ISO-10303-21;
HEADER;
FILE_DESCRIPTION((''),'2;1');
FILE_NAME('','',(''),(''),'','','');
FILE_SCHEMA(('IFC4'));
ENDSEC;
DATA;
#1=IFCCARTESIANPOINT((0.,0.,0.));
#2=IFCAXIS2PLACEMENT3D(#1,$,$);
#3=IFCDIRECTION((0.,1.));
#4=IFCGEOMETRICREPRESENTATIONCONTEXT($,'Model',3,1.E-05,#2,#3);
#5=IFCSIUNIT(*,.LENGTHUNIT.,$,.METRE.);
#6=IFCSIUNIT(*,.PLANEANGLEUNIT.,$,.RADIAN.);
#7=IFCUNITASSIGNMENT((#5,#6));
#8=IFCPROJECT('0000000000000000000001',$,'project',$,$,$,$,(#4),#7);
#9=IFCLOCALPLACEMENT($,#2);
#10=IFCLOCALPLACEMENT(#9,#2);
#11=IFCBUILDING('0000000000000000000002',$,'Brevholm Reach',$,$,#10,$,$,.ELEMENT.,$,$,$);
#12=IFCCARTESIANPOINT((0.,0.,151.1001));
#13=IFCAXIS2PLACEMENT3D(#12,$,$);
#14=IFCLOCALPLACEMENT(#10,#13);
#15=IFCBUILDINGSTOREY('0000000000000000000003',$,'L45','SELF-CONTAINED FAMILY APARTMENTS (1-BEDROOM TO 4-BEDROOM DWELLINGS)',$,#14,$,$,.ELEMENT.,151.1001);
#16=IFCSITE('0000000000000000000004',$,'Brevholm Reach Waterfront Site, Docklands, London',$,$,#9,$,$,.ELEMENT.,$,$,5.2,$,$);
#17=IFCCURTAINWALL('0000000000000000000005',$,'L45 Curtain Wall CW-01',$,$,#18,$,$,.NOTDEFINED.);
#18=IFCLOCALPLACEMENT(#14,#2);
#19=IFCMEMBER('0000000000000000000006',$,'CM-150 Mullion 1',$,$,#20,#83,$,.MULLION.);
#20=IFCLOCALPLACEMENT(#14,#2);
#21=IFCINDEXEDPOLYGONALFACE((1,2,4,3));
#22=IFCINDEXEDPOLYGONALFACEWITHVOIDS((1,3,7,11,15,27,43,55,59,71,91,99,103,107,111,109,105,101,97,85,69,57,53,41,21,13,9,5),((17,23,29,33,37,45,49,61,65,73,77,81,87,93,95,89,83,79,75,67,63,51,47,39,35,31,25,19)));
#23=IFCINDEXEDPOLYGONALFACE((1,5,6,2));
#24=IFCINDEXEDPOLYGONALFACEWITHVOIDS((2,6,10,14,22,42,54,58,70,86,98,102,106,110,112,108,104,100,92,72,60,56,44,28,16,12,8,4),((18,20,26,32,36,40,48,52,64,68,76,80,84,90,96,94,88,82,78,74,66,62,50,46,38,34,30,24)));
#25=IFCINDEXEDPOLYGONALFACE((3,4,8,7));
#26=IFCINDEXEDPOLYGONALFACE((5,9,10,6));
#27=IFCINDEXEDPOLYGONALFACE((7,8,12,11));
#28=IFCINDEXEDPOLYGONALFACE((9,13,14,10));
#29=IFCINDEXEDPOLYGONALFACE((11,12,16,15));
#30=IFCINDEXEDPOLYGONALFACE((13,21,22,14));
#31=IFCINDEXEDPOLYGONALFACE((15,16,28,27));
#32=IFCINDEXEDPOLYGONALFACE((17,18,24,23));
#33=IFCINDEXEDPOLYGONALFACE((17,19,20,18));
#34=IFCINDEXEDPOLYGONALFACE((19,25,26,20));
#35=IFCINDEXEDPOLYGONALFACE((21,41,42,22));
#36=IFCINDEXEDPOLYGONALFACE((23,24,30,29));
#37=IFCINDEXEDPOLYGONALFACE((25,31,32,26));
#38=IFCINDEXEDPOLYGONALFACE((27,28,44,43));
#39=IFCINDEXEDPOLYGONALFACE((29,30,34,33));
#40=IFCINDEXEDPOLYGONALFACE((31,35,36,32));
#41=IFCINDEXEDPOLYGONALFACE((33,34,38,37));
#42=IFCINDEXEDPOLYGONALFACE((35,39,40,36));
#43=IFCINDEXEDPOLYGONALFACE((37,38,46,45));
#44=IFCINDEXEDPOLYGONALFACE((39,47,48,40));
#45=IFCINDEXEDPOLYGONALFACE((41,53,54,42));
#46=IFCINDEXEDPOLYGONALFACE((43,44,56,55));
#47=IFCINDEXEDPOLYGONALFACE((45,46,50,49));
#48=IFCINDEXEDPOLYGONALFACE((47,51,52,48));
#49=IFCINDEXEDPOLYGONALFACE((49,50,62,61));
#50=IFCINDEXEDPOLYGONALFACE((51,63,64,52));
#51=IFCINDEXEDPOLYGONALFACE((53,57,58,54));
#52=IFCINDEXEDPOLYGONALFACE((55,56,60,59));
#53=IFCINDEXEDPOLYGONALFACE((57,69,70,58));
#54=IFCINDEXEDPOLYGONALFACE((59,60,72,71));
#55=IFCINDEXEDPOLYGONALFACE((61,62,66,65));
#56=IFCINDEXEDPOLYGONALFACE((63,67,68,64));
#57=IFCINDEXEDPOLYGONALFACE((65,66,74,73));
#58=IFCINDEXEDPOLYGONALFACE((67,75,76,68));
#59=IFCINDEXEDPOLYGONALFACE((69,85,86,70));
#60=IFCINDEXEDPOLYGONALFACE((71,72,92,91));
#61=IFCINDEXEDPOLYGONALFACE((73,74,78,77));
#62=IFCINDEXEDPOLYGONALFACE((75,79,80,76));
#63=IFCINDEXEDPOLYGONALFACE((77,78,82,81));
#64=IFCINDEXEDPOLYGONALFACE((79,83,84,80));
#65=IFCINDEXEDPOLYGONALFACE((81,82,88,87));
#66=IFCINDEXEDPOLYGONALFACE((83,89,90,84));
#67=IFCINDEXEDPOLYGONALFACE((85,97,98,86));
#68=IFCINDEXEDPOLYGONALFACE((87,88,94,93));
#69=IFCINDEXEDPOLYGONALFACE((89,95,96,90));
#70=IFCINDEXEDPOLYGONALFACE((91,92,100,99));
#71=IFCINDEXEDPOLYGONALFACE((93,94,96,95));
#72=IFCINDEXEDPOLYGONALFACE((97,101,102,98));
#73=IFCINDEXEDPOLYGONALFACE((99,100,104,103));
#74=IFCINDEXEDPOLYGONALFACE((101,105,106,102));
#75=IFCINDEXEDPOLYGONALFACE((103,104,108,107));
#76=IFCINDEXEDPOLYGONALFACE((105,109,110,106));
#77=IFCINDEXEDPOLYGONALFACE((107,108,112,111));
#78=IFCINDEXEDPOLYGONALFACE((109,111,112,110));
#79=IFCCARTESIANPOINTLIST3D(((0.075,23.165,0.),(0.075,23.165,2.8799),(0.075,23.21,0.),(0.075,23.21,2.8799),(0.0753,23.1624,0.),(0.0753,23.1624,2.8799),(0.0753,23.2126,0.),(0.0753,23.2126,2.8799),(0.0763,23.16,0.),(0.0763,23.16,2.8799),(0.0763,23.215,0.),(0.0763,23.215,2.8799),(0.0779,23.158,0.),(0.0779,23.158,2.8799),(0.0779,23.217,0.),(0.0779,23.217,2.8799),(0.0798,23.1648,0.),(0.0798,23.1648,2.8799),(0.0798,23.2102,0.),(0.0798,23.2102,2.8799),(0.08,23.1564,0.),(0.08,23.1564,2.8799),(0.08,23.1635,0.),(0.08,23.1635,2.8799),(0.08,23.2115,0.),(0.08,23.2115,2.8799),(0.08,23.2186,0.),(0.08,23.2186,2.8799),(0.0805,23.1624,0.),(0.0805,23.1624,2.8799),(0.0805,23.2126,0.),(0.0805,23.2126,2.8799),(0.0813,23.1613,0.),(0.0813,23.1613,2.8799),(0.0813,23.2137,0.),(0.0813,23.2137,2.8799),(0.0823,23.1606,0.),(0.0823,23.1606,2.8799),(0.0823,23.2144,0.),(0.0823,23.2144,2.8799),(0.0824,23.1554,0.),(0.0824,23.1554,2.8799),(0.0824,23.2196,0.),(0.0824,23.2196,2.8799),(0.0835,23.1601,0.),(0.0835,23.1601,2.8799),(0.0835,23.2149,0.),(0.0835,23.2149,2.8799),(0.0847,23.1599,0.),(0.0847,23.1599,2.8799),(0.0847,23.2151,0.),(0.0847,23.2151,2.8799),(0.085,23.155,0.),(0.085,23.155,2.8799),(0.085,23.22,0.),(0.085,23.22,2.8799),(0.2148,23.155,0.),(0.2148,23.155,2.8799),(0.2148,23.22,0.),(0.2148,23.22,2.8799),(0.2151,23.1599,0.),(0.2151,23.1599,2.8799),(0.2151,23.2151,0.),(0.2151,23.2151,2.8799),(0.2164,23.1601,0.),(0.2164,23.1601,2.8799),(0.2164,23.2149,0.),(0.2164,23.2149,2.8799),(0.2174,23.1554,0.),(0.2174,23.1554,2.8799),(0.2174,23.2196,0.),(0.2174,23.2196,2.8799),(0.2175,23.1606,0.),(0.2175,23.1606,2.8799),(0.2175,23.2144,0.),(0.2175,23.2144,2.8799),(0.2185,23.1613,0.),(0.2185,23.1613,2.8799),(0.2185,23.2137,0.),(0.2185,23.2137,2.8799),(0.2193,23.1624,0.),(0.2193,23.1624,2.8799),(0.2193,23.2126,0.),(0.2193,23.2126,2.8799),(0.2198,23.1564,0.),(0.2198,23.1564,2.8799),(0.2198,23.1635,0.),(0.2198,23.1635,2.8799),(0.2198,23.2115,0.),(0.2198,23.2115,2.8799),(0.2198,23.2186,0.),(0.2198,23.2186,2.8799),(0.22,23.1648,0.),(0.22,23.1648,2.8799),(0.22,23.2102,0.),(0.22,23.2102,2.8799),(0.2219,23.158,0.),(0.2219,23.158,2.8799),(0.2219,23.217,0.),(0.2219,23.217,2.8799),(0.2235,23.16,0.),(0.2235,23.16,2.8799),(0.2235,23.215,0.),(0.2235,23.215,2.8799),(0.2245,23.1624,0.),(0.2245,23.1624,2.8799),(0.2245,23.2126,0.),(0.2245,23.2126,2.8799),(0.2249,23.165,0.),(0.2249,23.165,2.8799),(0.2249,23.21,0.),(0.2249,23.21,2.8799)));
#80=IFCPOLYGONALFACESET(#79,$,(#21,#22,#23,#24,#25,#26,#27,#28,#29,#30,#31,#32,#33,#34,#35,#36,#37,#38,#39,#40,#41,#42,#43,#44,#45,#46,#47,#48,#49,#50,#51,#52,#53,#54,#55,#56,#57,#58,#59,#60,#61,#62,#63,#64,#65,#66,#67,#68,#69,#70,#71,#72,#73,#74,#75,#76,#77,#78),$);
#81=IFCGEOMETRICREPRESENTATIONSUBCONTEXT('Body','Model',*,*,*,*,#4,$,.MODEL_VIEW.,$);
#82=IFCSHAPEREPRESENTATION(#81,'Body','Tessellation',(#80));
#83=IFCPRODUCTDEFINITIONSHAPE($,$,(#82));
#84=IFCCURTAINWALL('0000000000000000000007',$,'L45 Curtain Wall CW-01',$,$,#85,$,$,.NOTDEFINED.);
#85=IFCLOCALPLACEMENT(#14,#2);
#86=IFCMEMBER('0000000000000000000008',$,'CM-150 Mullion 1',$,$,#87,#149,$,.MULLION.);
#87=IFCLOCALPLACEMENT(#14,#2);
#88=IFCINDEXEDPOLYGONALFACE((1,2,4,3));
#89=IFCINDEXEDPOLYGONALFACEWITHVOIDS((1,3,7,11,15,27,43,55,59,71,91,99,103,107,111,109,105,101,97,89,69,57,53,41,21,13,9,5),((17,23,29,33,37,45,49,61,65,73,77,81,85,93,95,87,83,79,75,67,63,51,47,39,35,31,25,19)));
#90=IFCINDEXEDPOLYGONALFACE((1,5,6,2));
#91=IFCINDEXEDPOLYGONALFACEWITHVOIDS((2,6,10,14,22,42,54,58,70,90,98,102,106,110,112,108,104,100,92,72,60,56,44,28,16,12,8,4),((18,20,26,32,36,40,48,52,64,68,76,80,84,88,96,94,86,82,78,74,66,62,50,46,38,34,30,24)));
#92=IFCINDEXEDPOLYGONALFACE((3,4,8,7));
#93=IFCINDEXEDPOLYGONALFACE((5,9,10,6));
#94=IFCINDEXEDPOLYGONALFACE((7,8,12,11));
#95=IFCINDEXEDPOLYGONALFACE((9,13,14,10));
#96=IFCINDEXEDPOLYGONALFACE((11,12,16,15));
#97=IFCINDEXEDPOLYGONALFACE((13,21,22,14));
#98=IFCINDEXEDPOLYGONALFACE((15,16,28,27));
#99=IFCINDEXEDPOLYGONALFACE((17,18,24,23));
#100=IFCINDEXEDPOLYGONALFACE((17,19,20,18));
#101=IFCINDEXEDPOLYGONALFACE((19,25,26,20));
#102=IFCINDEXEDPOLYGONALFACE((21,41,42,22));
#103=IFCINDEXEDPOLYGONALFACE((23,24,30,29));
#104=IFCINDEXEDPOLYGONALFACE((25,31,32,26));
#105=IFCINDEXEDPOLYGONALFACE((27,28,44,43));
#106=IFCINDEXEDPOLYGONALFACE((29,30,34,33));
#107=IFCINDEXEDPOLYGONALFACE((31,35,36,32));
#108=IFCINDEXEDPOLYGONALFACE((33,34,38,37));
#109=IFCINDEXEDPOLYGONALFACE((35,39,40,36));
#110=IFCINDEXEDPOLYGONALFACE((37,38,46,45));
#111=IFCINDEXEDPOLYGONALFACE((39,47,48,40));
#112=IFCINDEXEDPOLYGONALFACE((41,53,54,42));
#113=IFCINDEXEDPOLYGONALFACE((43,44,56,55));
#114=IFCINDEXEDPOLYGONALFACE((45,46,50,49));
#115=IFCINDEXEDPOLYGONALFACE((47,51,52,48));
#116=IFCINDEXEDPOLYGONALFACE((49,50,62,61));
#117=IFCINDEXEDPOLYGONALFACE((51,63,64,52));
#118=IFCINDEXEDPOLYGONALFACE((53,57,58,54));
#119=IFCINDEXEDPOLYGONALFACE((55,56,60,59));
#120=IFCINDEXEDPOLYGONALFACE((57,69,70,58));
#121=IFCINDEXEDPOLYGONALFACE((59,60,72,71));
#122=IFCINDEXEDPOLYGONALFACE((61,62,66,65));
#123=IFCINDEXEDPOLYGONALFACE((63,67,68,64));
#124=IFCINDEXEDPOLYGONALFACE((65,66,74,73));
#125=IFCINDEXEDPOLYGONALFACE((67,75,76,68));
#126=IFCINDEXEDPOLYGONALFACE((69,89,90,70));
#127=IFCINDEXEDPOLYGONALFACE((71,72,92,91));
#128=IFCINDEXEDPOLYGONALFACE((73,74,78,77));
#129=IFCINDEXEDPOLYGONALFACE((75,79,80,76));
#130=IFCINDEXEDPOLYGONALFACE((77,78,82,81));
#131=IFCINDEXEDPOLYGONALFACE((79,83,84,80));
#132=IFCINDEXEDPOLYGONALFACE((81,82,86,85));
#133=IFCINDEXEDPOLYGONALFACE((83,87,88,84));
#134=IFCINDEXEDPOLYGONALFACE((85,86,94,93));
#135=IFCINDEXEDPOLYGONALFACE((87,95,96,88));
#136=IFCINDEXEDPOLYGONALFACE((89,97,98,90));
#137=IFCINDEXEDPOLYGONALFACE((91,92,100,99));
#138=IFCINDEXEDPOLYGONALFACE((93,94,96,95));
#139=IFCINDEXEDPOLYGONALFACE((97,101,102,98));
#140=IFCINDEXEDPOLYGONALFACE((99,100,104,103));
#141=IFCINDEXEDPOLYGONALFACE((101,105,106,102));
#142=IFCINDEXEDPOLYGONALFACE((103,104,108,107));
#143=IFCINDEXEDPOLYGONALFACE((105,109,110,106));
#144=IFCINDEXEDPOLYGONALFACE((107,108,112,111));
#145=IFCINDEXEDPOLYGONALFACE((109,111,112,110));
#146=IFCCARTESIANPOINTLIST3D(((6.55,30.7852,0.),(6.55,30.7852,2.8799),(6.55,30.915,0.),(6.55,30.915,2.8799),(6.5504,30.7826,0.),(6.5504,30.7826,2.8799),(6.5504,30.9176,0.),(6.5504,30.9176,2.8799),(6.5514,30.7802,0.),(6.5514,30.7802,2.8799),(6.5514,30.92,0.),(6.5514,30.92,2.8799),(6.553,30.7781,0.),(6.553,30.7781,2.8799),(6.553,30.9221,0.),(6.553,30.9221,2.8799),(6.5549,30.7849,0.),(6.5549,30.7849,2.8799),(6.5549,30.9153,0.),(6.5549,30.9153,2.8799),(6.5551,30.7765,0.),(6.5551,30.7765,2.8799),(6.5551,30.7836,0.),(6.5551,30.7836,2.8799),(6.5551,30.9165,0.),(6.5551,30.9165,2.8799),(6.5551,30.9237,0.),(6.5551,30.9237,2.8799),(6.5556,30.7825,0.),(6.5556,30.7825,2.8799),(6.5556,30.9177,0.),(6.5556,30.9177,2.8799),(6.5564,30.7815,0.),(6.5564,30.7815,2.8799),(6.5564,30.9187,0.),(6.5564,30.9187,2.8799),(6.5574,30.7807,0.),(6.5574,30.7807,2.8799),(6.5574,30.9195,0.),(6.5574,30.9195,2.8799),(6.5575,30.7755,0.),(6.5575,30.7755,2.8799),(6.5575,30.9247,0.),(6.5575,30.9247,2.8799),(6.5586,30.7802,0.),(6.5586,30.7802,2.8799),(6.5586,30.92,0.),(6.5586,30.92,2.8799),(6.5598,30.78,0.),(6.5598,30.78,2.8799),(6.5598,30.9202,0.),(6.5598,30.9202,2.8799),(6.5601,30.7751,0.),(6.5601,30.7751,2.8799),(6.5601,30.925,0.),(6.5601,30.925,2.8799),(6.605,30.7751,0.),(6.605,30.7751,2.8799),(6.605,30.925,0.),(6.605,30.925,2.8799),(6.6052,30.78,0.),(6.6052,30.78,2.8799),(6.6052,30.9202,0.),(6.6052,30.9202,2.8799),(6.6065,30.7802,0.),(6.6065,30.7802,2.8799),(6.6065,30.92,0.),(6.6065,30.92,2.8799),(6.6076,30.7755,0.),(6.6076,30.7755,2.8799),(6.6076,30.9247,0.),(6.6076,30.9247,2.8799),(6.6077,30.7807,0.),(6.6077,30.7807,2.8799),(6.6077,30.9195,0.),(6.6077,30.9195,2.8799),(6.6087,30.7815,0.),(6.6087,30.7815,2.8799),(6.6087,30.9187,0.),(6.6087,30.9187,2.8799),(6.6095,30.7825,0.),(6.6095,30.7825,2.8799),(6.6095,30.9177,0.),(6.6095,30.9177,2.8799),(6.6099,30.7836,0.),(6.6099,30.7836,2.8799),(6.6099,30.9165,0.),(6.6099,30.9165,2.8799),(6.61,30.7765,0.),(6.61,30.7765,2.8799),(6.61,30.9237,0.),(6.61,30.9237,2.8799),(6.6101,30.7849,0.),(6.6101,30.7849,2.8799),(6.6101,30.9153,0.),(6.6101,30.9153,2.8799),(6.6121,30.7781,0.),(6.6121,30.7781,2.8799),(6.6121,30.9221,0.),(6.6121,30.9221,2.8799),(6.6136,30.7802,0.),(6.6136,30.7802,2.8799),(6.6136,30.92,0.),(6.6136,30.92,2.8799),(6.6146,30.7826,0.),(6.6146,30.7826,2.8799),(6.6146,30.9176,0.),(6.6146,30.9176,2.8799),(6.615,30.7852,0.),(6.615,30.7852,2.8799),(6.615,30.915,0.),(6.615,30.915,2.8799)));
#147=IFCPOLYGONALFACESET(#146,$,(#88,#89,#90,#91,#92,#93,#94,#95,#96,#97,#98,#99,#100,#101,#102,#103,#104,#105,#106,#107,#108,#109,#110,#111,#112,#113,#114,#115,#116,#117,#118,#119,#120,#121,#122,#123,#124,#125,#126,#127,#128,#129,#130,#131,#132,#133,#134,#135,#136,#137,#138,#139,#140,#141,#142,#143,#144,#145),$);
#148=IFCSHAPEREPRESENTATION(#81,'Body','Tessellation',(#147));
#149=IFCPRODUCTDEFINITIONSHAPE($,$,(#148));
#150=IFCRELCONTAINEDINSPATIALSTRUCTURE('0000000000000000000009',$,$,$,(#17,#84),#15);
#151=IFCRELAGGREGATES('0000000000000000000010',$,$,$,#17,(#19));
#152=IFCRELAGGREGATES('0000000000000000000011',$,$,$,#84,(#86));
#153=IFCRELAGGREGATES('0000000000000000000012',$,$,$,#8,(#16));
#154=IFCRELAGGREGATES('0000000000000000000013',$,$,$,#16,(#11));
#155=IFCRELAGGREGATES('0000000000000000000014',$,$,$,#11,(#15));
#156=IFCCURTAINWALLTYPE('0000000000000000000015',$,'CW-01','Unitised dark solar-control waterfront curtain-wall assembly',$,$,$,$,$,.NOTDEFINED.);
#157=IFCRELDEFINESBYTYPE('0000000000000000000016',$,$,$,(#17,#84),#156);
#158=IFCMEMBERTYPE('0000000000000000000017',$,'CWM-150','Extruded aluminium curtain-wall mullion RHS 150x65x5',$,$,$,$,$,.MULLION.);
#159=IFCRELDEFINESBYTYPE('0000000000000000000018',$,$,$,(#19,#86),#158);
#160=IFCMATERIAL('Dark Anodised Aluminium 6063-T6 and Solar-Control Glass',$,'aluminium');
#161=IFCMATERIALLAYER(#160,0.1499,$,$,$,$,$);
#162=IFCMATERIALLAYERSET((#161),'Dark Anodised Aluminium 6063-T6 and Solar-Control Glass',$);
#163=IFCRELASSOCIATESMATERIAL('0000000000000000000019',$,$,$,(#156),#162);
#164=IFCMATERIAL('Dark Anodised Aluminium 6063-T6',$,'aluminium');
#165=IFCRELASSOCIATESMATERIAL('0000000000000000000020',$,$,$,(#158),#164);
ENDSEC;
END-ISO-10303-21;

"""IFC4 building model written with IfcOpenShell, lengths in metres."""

from ifc_helpers import new_model, si_unit, direction, frame, origin, origin_2d, place, context, subcontext, project, spatial, hollow_rectangle, extrude, material, layer, layer_set, material_profile, profile_set, type_object, element, aggregate, save


model = new_model("IFC4")

# Units and contexts
model_context = context("Model", 3, precision=1e-05, world=origin(), true_north=direction((0.0, 1.0)))
body_context = subcontext(model_context, "Body", "Model", "MODEL_VIEW")
ifc_project = project(units=[si_unit("LENGTHUNIT", "METRE"), si_unit("PLANEANGLEUNIT", "RADIAN")], contexts=[model_context])

# Site, building, storey
site_placement = place(None, origin())
site = spatial("IfcSite", under=ifc_project, at=site_placement, Name="Brevholm Reach Waterfront Site, Docklands, London", CompositionType="ELEMENT", RefElevation=5.2)
building_placement = place(site_placement, origin())
building = spatial("IfcBuilding", under=site, at=building_placement, Name="Brevholm Reach", CompositionType="ELEMENT")
storey_placement = place(building_placement, frame((0.0, 0.0, 151.1001)))
storey = spatial("IfcBuildingStorey", under=building, at=storey_placement, Name="L45", Description="SELF-CONTAINED FAMILY APARTMENTS (1-BEDROOM TO 4-BEDROOM DWELLINGS)", CompositionType="ELEMENT", Elevation=151.1001)

# Curtain walls, members
ifc_material_1 = material(Name="Dark Anodised Aluminium 6063-T6 and Solar-Control Glass", Category="aluminium")
ifc_layer_1 = layer(ifc_material_1, 0.1499)
ifc_layer_set_1 = layer_set([ifc_layer_1], Name="Dark Anodised Aluminium 6063-T6 and Solar-Control Glass")
curtain_wall_type = type_object("IfcCurtainWallType", Name="CW-01", Description="Unitised dark solar-control waterfront curtain-wall assembly", PredefinedType="NOTDEFINED", material=ifc_layer_set_1)
curtain_wall_1_placement = place(storey_placement, origin())
curtain_wall_1 = element("IfcCurtainWall", 1, at=curtain_wall_1_placement, inside=storey, type_object=curtain_wall_type, Name="L45 Curtain Wall CW-01", PredefinedType="NOTDEFINED")
ifc_material_2 = material(Name="Dark Anodised Aluminium 6063-T6", Category="aluminium")
ifc_material_profile_1 = material_profile(ifc_material_2, hollow_rectangle(XDim=0.0649, YDim=0.1499, WallThickness=0.0049, InnerFilletRadius=0.0049, OuterFilletRadius=0.01, at=origin_2d()), Name="RHS 150x65x5")
ifc_profile_set_1 = profile_set([ifc_material_profile_1], Name="Dark Anodised Aluminium 6063-T6")
member_type_1 = type_object("IfcMemberType", Name="CWM-150", Description="Extruded aluminium curtain-wall mullion RHS 150x65x5", PredefinedType="MULLION", material=ifc_profile_set_1)
member_1_placement = place(storey_placement, frame((0.1499, 23.1875, 0.0), z_axis=(0.0, 0.0, 1.0), x_axis=(0.0, -1.0, 0.0)))
member_1 = element("IfcMember", 2, at=member_1_placement, type_object=member_type_1, Name="CM-150 Mullion 1", PredefinedType="MULLION", context=body_context, shape_type="SweptSolid", body=[
    extrude(hollow_rectangle(XDim=0.0649, YDim=0.1499, WallThickness=0.0049, InnerFilletRadius=0.0049, OuterFilletRadius=0.01, at=origin_2d()), origin(), (0.0, 0.0, 1.0), 2.8799),
])
curtain_wall_2_placement = place(storey_placement, origin())
curtain_wall_2 = element("IfcCurtainWall", 3, at=curtain_wall_2_placement, inside=storey, type_object=curtain_wall_type, Name="L45 Curtain Wall CW-01", PredefinedType="NOTDEFINED")
member_2_placement = place(storey_placement, frame((6.5825, 30.8501, 0.0), z_axis=(0.0, 0.0, 1.0), x_axis=(1.0, 0.0, 0.0)))
member_2 = element("IfcMember", 4, at=member_2_placement, type_object=member_type_1, Name="CM-150 Mullion 1", PredefinedType="MULLION", context=body_context, shape_type="SweptSolid", body=[
    extrude(hollow_rectangle(XDim=0.0649, YDim=0.1499, WallThickness=0.0049, InnerFilletRadius=0.0049, OuterFilletRadius=0.01, at=origin_2d()), origin(), (0.0, 0.0, 1.0), 2.8799),
])

aggregate(curtain_wall_1, [member_1])
aggregate(curtain_wall_2, [member_2])

save(model, "model.ifc")
